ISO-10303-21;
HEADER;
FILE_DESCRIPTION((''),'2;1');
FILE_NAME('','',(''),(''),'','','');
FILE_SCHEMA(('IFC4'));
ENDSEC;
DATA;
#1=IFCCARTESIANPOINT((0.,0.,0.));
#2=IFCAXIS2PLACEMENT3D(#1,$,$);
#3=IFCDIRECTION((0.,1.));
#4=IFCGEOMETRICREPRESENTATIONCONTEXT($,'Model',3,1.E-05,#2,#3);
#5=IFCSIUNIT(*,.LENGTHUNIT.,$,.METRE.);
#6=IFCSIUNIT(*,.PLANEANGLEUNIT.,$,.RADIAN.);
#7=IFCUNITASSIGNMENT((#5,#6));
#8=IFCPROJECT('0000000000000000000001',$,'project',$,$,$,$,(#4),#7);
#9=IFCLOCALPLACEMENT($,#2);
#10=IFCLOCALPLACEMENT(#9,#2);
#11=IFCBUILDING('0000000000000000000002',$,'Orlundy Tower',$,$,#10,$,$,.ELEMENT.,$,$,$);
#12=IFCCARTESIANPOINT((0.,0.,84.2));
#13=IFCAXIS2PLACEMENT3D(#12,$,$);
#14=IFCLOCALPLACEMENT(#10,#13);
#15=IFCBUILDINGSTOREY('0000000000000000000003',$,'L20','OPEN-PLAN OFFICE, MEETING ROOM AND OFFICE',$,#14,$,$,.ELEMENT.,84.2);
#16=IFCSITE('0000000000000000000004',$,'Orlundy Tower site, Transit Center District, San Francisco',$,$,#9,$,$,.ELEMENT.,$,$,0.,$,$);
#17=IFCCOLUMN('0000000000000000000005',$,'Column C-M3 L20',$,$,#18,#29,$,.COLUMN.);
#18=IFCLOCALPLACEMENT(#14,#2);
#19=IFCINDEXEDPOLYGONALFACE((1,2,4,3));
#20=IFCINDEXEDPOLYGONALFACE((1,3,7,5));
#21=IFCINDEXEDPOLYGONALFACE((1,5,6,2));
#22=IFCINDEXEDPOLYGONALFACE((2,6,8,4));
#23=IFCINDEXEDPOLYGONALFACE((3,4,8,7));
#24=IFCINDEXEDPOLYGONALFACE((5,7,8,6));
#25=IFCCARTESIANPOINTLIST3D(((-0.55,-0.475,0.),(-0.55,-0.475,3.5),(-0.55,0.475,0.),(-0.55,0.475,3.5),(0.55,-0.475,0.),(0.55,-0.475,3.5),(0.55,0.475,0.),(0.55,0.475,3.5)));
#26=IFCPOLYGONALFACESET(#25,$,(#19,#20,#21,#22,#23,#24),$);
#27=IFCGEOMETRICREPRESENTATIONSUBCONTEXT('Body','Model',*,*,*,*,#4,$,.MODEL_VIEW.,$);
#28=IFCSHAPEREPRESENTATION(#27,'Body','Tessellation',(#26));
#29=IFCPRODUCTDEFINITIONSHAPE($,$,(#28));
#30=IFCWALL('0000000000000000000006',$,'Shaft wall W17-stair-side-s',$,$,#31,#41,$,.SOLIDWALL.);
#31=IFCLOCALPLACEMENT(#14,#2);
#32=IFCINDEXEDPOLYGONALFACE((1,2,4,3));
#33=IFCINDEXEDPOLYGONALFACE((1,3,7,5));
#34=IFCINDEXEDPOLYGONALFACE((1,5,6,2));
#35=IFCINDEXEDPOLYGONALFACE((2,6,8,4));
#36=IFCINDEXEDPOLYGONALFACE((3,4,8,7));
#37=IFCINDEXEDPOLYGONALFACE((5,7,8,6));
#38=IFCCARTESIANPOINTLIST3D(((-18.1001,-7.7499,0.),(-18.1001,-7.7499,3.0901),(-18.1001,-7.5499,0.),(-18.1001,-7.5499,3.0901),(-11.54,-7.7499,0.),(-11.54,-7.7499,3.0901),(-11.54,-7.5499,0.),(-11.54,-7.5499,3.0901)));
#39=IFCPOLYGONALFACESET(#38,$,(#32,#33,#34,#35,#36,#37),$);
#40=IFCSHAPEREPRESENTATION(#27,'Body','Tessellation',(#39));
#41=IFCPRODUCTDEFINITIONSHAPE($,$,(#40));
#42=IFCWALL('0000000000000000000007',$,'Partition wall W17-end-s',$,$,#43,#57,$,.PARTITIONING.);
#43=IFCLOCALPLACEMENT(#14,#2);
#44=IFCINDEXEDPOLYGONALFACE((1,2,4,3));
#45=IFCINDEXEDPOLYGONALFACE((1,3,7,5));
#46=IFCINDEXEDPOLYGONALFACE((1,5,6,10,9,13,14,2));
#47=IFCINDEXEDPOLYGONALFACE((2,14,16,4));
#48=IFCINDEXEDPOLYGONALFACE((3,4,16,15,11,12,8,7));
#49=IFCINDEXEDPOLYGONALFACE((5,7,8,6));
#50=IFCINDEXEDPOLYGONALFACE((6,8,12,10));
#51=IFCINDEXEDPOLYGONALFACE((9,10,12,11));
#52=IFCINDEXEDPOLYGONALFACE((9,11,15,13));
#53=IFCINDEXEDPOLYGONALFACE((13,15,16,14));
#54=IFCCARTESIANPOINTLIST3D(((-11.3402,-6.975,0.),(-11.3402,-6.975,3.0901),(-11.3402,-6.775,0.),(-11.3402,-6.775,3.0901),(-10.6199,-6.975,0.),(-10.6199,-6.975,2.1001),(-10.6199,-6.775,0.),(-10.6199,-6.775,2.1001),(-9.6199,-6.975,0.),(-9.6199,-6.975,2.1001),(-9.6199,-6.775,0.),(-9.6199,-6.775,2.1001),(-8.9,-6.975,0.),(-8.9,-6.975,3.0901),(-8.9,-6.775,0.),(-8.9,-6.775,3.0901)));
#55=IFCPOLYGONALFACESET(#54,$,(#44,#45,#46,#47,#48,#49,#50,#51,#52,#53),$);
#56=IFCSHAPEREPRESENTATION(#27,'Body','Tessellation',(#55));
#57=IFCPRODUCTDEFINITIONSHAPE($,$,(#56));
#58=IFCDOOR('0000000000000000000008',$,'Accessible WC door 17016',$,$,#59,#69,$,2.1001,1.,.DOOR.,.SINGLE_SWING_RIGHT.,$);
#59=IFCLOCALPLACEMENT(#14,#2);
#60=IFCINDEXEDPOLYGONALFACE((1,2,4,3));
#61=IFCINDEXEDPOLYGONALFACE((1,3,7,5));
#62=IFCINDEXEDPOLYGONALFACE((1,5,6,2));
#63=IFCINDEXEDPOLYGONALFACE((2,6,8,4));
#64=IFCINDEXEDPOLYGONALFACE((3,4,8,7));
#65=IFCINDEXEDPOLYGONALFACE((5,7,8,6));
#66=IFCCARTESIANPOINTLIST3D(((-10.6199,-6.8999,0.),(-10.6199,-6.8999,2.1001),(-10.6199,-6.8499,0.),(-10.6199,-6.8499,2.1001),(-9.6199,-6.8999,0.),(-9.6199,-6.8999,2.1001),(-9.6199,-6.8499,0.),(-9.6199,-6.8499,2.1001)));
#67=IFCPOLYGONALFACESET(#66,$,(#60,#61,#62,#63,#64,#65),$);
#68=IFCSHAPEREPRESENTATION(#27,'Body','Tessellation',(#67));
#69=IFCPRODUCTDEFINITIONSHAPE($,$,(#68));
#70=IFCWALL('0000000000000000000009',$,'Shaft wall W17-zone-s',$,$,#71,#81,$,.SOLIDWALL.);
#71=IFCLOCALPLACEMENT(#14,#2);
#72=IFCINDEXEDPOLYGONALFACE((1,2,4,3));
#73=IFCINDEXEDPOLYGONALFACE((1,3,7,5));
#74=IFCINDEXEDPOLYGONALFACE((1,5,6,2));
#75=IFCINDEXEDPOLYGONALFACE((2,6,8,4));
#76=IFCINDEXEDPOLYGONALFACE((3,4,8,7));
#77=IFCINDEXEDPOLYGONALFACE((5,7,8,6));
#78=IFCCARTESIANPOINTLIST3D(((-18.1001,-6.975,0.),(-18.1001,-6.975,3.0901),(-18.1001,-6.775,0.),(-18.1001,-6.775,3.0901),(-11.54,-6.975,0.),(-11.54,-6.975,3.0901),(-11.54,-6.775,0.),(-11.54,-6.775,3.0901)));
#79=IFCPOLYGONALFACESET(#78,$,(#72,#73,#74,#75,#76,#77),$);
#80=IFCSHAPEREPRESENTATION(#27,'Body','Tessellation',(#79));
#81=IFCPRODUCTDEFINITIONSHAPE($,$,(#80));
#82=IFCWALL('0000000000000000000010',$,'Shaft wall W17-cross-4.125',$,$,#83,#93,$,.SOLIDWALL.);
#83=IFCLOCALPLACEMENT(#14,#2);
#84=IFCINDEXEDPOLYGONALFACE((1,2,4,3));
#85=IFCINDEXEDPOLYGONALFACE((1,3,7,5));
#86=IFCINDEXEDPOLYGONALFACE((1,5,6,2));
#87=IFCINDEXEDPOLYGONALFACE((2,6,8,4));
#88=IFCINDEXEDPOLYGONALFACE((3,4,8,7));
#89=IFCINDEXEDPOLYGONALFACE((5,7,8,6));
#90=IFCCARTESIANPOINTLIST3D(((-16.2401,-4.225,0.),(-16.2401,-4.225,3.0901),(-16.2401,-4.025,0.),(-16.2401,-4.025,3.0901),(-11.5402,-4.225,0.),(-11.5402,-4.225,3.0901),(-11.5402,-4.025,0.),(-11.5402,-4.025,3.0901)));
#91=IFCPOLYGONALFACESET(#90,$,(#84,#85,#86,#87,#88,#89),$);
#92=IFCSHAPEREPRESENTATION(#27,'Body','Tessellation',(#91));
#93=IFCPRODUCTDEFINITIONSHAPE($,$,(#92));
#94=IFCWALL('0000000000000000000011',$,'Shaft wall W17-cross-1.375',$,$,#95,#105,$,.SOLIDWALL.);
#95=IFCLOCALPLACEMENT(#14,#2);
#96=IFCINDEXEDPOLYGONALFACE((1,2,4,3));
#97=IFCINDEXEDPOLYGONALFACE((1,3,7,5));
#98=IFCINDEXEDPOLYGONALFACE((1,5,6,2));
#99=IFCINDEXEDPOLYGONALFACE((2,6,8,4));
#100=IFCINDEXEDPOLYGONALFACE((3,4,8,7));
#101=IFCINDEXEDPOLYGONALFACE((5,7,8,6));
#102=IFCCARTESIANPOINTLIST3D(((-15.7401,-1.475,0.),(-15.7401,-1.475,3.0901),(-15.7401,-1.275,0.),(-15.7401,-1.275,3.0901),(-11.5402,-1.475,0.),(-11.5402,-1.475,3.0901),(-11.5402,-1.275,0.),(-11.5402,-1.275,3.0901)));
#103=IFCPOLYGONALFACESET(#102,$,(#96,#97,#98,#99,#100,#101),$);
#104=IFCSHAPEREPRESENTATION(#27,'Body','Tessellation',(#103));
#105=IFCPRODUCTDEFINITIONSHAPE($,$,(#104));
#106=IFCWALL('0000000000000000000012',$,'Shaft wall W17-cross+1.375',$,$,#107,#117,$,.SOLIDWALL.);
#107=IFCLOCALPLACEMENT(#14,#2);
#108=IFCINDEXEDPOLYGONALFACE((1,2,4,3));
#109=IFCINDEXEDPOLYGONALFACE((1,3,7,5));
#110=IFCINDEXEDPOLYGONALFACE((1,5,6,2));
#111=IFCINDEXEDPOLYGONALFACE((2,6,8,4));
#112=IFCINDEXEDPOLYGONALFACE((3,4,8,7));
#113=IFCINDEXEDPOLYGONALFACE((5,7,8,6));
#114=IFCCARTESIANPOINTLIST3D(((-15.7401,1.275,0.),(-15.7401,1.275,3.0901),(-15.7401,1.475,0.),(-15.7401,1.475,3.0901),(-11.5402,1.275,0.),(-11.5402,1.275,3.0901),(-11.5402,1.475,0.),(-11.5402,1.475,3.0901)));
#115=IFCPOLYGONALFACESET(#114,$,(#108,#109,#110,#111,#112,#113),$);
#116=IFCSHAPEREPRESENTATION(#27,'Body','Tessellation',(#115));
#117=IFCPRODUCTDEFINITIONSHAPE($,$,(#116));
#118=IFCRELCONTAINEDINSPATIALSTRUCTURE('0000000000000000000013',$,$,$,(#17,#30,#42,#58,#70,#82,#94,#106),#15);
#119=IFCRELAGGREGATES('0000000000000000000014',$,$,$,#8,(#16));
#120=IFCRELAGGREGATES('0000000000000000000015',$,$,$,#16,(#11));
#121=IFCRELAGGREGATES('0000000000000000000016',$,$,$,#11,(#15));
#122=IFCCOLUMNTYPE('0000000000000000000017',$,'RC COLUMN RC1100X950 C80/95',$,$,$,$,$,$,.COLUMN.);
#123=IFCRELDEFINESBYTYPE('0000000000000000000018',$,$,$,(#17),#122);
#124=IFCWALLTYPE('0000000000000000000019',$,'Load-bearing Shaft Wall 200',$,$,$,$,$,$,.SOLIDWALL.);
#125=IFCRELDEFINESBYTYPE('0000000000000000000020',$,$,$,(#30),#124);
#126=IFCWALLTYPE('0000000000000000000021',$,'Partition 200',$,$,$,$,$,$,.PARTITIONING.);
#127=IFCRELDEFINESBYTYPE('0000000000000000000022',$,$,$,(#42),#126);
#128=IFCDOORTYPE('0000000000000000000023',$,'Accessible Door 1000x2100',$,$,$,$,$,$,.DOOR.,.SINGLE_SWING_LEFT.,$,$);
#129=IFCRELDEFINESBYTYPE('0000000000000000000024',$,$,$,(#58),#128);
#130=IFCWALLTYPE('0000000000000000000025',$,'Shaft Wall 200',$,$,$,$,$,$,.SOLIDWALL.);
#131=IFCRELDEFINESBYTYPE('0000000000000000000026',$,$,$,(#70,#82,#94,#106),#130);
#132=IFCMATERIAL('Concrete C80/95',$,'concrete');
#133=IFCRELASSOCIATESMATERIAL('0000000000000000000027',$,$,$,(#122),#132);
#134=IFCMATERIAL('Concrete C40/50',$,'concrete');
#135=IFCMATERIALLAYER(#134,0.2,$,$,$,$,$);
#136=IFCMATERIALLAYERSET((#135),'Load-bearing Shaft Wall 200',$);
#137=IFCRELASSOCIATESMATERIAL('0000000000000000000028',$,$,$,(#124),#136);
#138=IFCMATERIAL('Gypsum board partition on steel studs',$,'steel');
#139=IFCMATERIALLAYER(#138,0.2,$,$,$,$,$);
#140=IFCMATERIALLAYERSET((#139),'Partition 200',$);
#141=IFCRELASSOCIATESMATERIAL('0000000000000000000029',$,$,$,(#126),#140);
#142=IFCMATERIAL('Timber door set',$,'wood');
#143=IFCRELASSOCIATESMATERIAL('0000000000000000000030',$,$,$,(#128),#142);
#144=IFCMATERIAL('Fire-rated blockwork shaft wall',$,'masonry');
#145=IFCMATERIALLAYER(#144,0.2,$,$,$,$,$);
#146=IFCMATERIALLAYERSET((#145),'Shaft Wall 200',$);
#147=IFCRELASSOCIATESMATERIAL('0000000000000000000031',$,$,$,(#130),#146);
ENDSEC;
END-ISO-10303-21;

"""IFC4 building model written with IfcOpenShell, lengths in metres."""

from ifc_helpers import new_model, si_unit, direction, frame, frame_2d, origin, origin_with_axes, origin_2d, place, context, subcontext, project, spatial, rectangle, extrude, material, layer, layer_set, material_profile, profile_set, type_object, element, fill, save


model = new_model("IFC4")

# Units and contexts
model_context = context("Model", 3, precision=1e-05, world=origin(), true_north=direction((0.0, 1.0)))
body_context = subcontext(model_context, "Body", "Model", "MODEL_VIEW")
ifc_project = project(units=[si_unit("LENGTHUNIT", "METRE"), si_unit("PLANEANGLEUNIT", "RADIAN")], contexts=[model_context])

# Site, building, storey
site_placement = place(None, origin())
site = spatial("IfcSite", under=ifc_project, at=site_placement, Name="Orlundy Tower site, Transit Center District, San Francisco", CompositionType="ELEMENT", RefElevation=0.0)
building_placement = place(site_placement, origin())
building = spatial("IfcBuilding", under=site, at=building_placement, Name="Orlundy Tower", CompositionType="ELEMENT")
storey_placement = place(building_placement, frame((0.0, 0.0, 84.2)))
storey = spatial("IfcBuildingStorey", under=building, at=storey_placement, Name="L20", Description="OPEN-PLAN OFFICE, MEETING ROOM AND OFFICE", CompositionType="ELEMENT", Elevation=84.2)

# Column
ifc_material_1 = material(Name="Concrete C80/95", Category="concrete")
ifc_material_profile = material_profile(ifc_material_1, rectangle(XDim=1.1001, YDim=0.95, at=origin_2d()), Name="RC1100X950")
ifc_profile_set = profile_set([ifc_material_profile], Name="Concrete C80/95")
column_type = type_object("IfcColumnType", Name="RC COLUMN RC1100X950 C80/95", PredefinedType="COLUMN", material=ifc_profile_set)
column_placement = place(storey_placement, origin_with_axes())
element("IfcColumn", 1, at=column_placement, inside=storey, type_object=column_type, Name="Column C-M3 L20", PredefinedType="COLUMN", context=body_context, shape_type="SweptSolid", body=[
    extrude(rectangle(XDim=1.1001, YDim=0.95, at=origin_2d()), origin(), (0.0, 0.0, 1.0), 3.5),
])

# Wall
ifc_material_2 = material(Name="Concrete C40/50", Category="concrete")
ifc_layer_1 = layer(ifc_material_2, 0.2)
ifc_layer_set_1 = layer_set([ifc_layer_1], Name="Load-bearing Shaft Wall 200")
wall_type_1 = type_object("IfcWallType", Name="Load-bearing Shaft Wall 200", PredefinedType="SOLIDWALL", material=ifc_layer_set_1)
wall_1_placement = place(storey_placement, frame((-11.54, -7.6499, 0.0), z_axis=(0.0, 0.0, 1.0), x_axis=(-1.0, 0.0, 0.0)))
element("IfcWall", 2, at=wall_1_placement, inside=storey, type_object=wall_type_1, Name="Shaft wall W17-stair-side-s", PredefinedType="SOLIDWALL", context=body_context, shape_type="SweptSolid", body=[
    extrude(rectangle(XDim=6.5601, YDim=0.2, at=frame_2d((3.28, 0.0))), origin(), (0.0, 0.0, 1.0), 3.0901),
])

# Wall, opening, door
ifc_material_3 = material(Name="Gypsum board partition on steel studs", Category="steel")
ifc_layer_2 = layer(ifc_material_3, 0.2)
ifc_layer_set_2 = layer_set([ifc_layer_2], Name="Partition 200")
wall_type_2 = type_object("IfcWallType", Name="Partition 200", PredefinedType="PARTITIONING", material=ifc_layer_set_2)
wall_2_placement = place(storey_placement, frame((-8.8999, -6.875, 0.0), z_axis=(0.0, 0.0, 1.0), x_axis=(-1.0, 0.0, 0.0)))
wall_2 = element("IfcWall", 3, at=wall_2_placement, inside=storey, type_object=wall_type_2, Name="Partition wall W17-end-s", PredefinedType="PARTITIONING", context=body_context, shape_type="SweptSolid", body=[
    extrude(rectangle(XDim=2.4402, YDim=0.2, at=frame_2d((1.2202, 0.0))), origin(), (0.0, 0.0, 1.0), 3.0901),
])
opening_1_placement = place(wall_2_placement, frame((0.72, 0.0, 0.0)))
opening_1 = element("IfcOpeningElement", 4, at=opening_1_placement, cuts=wall_2, PredefinedType="OPENING", context=body_context, shape_type="SweptSolid", body=[
    extrude(rectangle(XDim=1.0, YDim=2.1001, at=frame_2d((0.5, 1.05))), frame((0.0, 0.1101, 0.0), z_axis=(0.0, -1.0, 0.0), x_axis=(1.0, 0.0, 0.0)), (0.0, 0.0, 1.0), 0.2202),
])
ifc_material_4 = material(Name="Timber door set", Category="wood")
door_type_1 = type_object("IfcDoorType", Name="Accessible Door 1000x2100", OperationType="SINGLE_SWING_LEFT", PredefinedType="DOOR", material=ifc_material_4)
door_1_placement = place(opening_1_placement, origin())
door_1 = element("IfcDoor", 5, at=door_1_placement, inside=storey, type_object=door_type_1, Name="Accessible WC door 17016", OperationType="SINGLE_SWING_RIGHT", OverallHeight=2.1001, OverallWidth=1.0, PredefinedType="DOOR", context=body_context, shape_type="SweptSolid", body=[
    extrude(rectangle(XDim=1.0, YDim=2.1001, at=frame_2d((0.5, 1.05))), frame((0.0, 0.0249, 0.0), z_axis=(0.0, -1.0, 0.0), x_axis=(1.0, 0.0, 0.0)), (0.0, 0.0, 1.0), 0.05),
])
fill(opening_1, door_1)

# Walls
ifc_material_5 = material(Name="Fire-rated blockwork shaft wall", Category="masonry")
ifc_layer_3 = layer(ifc_material_5, 0.2)
ifc_layer_set_3 = layer_set([ifc_layer_3], Name="Shaft Wall 200")
wall_type_3 = type_object("IfcWallType", Name="Shaft Wall 200", PredefinedType="SOLIDWALL", material=ifc_layer_set_3)
wall_3_placement = place(storey_placement, frame((-11.54, -6.875, 0.0), z_axis=(0.0, 0.0, 1.0), x_axis=(-1.0, 0.0, 0.0)))
element("IfcWall", 6, at=wall_3_placement, inside=storey, type_object=wall_type_3, Name="Shaft wall W17-zone-s", PredefinedType="SOLIDWALL", context=body_context, shape_type="SweptSolid", body=[
    extrude(rectangle(XDim=6.5601, YDim=0.2, at=frame_2d((3.28, 0.0))), origin(), (0.0, 0.0, 1.0), 3.0901),
])
wall_4_placement = place(storey_placement, frame((-11.54, -4.125, 0.0), z_axis=(0.0, 0.0, 1.0), x_axis=(-1.0, 0.0, 0.0)))
element("IfcWall", 7, at=wall_4_placement, inside=storey, type_object=wall_type_3, Name="Shaft wall W17-cross-4.125", PredefinedType="SOLIDWALL", context=body_context, shape_type="SweptSolid", body=[
    extrude(rectangle(XDim=4.7, YDim=0.2, at=frame_2d((2.3501, 0.0))), origin(), (0.0, 0.0, 1.0), 3.0901),
])
for number, where, z_axis, x_axis, name in (
    (8, (-11.54, -1.375, 0.0), (0.0, 0.0, 1.0), (-1.0, 0.0, 0.0), "Shaft wall W17-cross-1.375"),
    (9, (-11.54, 1.375, 0.0), (0.0, 0.0, 1.0), (-1.0, 0.0, 0.0), "Shaft wall W17-cross+1.375"),
):
    element("IfcWall", number, at=place(storey_placement, frame(where, z_axis=z_axis, x_axis=x_axis)), inside=storey, type_object=wall_type_3, Name=name, PredefinedType="SOLIDWALL", context=body_context, shape_type="SweptSolid", body=[
        extrude(rectangle(XDim=4.2, YDim=0.2, at=frame_2d((2.1001, 0.0))), origin(), (0.0, 0.0, 1.0), 3.0901),
    ])

save(model, "model.ifc")
